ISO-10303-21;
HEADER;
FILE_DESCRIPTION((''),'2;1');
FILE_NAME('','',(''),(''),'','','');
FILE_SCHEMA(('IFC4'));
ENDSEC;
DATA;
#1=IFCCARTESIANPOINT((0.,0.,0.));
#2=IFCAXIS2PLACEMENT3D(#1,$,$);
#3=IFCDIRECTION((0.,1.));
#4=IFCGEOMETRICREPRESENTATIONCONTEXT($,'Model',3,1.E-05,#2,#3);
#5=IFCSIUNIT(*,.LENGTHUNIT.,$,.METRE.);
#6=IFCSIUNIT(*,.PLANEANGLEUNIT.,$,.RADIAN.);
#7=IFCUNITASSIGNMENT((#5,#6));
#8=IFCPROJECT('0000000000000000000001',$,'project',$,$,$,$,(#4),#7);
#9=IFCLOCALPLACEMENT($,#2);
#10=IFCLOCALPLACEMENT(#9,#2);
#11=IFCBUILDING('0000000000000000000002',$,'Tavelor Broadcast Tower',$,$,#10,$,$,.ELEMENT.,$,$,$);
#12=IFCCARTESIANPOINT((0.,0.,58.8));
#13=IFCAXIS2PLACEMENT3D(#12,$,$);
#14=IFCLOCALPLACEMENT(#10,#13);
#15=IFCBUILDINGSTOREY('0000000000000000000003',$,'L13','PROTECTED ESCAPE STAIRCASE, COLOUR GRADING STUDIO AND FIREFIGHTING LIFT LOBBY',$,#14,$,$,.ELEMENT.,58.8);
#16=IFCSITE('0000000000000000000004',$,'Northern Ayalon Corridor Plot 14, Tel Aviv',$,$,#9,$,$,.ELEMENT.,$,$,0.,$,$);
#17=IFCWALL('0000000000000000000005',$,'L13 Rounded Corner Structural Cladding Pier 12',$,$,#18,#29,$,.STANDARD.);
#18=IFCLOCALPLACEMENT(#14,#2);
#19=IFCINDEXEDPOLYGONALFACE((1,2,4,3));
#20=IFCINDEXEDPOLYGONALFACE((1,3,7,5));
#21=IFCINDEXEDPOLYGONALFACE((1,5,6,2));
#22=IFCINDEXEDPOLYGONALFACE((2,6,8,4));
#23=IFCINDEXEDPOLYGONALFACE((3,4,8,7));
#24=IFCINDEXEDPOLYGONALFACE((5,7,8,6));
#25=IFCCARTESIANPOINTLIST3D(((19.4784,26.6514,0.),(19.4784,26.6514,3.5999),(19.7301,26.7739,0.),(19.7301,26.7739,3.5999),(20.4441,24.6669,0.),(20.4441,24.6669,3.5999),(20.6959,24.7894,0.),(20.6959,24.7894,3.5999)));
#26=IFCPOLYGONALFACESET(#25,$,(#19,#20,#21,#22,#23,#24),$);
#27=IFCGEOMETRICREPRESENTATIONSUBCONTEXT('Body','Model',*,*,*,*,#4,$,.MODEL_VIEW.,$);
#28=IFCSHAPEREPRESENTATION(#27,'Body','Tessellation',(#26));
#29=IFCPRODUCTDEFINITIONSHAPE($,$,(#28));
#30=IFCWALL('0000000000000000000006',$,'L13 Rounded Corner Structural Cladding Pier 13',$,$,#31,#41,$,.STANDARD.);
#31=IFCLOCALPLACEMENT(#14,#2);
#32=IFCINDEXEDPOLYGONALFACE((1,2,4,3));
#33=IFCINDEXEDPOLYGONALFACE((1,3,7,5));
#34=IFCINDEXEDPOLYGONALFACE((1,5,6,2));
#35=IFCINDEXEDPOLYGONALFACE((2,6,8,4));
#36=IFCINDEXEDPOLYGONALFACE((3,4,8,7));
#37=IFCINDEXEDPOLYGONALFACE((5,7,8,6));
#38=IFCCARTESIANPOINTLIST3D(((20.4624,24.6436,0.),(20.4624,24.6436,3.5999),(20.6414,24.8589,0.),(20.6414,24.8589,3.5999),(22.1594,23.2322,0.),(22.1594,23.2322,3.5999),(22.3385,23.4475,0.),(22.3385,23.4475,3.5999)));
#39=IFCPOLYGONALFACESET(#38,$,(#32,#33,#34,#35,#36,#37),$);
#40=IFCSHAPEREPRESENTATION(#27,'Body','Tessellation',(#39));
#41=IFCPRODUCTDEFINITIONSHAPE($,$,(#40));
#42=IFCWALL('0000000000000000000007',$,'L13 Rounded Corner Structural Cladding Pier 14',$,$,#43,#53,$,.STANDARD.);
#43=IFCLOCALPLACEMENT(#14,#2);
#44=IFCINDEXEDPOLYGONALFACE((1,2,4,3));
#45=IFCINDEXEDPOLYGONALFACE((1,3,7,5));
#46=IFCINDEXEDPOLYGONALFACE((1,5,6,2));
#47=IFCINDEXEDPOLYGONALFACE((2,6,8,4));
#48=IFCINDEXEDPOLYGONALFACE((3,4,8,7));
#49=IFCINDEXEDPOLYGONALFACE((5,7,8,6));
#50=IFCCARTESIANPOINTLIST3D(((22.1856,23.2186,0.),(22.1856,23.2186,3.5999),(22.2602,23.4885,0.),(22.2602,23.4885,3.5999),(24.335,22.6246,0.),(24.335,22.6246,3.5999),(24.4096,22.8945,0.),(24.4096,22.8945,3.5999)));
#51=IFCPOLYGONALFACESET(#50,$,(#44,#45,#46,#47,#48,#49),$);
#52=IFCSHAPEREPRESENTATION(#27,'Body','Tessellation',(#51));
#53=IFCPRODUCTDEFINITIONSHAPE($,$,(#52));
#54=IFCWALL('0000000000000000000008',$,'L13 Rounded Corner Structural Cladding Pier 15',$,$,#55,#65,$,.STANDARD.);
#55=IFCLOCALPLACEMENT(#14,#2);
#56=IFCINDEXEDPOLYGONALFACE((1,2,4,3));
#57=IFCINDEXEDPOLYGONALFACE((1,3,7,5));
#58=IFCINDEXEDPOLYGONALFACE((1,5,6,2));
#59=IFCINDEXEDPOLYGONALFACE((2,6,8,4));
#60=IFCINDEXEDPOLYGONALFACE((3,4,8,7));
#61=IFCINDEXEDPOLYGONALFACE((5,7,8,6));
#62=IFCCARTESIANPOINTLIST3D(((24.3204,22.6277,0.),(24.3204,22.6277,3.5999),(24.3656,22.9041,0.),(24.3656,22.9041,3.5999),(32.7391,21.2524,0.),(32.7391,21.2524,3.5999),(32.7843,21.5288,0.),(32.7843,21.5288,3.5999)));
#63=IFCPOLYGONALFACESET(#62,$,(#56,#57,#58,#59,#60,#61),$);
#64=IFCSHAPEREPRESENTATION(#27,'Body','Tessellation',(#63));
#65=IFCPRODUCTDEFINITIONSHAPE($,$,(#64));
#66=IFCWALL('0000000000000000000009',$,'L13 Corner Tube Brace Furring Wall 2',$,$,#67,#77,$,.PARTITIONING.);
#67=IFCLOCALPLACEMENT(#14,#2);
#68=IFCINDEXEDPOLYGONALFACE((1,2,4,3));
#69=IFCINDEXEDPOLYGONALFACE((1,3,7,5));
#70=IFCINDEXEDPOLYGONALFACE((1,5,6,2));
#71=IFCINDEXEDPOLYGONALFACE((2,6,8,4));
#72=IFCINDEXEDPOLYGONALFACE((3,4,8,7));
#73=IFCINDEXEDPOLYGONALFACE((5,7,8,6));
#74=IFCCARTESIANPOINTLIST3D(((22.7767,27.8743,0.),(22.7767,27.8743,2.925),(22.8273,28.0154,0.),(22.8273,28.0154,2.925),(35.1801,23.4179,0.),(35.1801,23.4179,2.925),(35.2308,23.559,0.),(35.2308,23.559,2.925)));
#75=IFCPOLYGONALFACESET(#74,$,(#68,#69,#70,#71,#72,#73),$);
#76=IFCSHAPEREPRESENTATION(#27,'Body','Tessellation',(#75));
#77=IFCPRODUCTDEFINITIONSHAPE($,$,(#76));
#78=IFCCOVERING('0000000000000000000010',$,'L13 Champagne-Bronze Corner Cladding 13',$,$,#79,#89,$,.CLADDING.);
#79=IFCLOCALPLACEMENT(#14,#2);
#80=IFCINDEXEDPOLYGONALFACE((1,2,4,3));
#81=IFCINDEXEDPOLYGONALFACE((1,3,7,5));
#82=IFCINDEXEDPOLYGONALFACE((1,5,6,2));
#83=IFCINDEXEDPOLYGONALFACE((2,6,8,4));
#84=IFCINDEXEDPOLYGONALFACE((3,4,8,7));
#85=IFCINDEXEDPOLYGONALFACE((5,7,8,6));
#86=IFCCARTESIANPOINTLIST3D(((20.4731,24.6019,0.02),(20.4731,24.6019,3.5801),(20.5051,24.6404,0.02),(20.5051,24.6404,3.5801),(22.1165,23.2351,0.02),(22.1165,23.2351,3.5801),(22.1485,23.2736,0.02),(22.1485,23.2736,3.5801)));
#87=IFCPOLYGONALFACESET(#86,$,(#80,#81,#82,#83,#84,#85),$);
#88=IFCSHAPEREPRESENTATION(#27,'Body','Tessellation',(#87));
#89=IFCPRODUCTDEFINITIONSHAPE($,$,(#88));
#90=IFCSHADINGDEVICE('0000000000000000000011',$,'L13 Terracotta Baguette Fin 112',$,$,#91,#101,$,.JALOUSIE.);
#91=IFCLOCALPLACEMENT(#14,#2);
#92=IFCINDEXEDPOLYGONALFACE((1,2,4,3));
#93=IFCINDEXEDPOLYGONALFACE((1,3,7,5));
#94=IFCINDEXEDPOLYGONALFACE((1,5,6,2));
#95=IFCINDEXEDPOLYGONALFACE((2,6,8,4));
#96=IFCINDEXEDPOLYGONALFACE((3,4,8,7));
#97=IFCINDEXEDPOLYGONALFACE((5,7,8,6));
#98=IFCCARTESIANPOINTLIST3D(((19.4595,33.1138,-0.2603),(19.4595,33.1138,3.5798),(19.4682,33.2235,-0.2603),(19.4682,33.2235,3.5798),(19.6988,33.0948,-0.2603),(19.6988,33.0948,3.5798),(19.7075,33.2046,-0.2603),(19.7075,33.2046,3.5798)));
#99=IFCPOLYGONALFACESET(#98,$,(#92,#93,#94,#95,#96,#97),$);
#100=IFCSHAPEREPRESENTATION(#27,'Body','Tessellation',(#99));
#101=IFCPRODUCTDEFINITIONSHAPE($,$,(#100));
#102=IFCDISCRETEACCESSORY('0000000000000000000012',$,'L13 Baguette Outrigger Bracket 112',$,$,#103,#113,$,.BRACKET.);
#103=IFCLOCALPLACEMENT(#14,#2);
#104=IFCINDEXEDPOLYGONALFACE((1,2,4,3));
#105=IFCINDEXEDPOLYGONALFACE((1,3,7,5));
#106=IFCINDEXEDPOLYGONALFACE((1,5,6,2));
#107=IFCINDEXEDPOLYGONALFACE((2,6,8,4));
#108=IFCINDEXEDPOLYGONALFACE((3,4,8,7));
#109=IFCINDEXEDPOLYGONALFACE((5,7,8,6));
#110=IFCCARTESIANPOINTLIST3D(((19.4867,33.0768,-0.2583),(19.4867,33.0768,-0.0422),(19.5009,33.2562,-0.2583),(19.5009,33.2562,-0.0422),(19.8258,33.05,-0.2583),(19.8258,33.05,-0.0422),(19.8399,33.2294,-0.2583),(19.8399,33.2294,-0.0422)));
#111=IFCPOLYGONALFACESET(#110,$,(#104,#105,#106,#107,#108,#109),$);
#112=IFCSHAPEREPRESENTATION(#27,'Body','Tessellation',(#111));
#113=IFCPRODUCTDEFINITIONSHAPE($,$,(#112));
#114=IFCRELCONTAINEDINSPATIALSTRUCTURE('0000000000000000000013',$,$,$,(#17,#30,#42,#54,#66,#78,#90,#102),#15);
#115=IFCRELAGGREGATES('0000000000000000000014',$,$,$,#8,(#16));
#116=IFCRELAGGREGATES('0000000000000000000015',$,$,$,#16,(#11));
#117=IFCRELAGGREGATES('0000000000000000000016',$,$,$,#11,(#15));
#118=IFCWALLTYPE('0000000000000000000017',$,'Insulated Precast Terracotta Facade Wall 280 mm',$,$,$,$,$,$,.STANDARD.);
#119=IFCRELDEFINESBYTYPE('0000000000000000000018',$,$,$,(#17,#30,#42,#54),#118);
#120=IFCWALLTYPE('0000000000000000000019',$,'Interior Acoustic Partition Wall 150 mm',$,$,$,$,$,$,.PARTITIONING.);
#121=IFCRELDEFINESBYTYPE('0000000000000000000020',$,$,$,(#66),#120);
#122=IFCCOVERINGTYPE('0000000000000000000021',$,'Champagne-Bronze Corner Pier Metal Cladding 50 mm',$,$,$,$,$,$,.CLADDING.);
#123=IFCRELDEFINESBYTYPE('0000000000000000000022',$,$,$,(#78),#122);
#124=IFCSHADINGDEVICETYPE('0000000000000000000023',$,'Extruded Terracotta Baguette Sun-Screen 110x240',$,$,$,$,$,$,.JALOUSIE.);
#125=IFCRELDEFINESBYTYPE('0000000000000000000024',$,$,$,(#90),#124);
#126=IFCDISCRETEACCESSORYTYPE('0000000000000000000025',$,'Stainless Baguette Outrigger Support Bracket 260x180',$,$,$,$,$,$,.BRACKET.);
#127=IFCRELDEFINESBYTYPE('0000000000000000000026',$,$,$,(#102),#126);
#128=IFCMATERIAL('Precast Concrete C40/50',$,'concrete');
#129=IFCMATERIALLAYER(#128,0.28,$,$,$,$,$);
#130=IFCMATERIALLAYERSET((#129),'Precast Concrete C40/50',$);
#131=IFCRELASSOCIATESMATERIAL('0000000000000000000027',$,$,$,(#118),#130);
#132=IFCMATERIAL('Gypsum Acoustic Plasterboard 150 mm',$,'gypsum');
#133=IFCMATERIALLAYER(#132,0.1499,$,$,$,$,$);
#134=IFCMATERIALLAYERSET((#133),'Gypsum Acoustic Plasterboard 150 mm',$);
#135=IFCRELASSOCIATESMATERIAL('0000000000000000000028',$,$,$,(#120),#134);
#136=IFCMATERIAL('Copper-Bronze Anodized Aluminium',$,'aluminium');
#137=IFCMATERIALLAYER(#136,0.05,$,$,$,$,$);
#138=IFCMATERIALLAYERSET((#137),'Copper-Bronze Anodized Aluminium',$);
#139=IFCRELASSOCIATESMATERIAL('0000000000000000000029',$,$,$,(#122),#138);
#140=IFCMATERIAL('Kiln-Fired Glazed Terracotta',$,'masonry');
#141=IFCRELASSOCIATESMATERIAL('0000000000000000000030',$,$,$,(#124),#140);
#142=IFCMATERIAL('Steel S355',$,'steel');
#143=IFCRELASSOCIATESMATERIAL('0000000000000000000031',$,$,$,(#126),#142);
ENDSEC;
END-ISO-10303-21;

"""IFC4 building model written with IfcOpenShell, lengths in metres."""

from ifc_helpers import new_model, si_unit, direction, frame, frame_2d, origin, origin_2d, place, context, subcontext, project, spatial, rectangle, extrude, source, transform, mapped, material, layer, layer_set, type_object, type_shapes, element, save


model = new_model("IFC4")

# Units and contexts
model_context = context("Model", 3, precision=1e-05, world=origin(), true_north=direction((0.0, 1.0)))
body_context = subcontext(model_context, "Body", "Model", "MODEL_VIEW")
ifc_project = project(units=[si_unit("LENGTHUNIT", "METRE"), si_unit("PLANEANGLEUNIT", "RADIAN")], contexts=[model_context])

# Site, building, storey
site_placement = place(None, origin())
site = spatial("IfcSite", under=ifc_project, at=site_placement, Name="Northern Ayalon Corridor Plot 14, Tel Aviv", CompositionType="ELEMENT", RefElevation=0.0)
building_placement = place(site_placement, origin())
building = spatial("IfcBuilding", under=site, at=building_placement, Name="Tavelor Broadcast Tower", CompositionType="ELEMENT")
storey_placement = place(building_placement, frame((0.0, 0.0, 58.8)))
storey = spatial("IfcBuildingStorey", under=building, at=storey_placement, Name="L13", Description="PROTECTED ESCAPE STAIRCASE, COLOUR GRADING STUDIO AND FIREFIGHTING LIFT LOBBY", CompositionType="ELEMENT", Elevation=58.8)

# Shared definitions
ifc_material_1 = material(Name="Steel S355", Category="steel")

# Walls
ifc_material_2 = material(Name="Precast Concrete C40/50", Category="concrete")
ifc_layer_1 = layer(ifc_material_2, 0.28)
ifc_layer_set_1 = layer_set([ifc_layer_1], Name="Precast Concrete C40/50")
wall_type_1 = type_object("IfcWallType", Name="Insulated Precast Terracotta Facade Wall 280 mm", PredefinedType="STANDARD", material=ifc_layer_set_1)
wall_1_placement = place(storey_placement, frame((19.6042, 26.7126, 0.0), z_axis=(0.0, 0.0, 1.0), x_axis=(0.437587, -0.899176, 0.0)))
element("IfcWall", 1, at=wall_1_placement, inside=storey, type_object=wall_type_1, Name="L13 Rounded Corner Structural Cladding Pier 12", PredefinedType="STANDARD", context=body_context, shape_type="SweptSolid", body=[
    extrude(rectangle(XDim=2.207, YDim=0.28, at=frame_2d((1.1035, 0.0))), origin(), (0.0, 0.0, 1.0), 3.5999),
])
wall_2_placement = place(storey_placement, frame((20.552, 24.7512, 0.0), z_axis=(0.0, 0.0, 1.0), x_axis=(0.768846, -0.639433, 0.0)))
element("IfcWall", 2, at=wall_2_placement, inside=storey, type_object=wall_type_1, Name="L13 Rounded Corner Structural Cladding Pier 13", PredefinedType="STANDARD", context=body_context, shape_type="SweptSolid", body=[
    extrude(rectangle(XDim=2.2073, YDim=0.28, at=frame_2d((1.1035, 0.0))), origin(), (0.0, 0.0, 1.0), 3.5999),
])
wall_3_placement = place(storey_placement, frame((22.2229, 23.3535, 0.0), z_axis=(0.0, 0.0, 1.0), x_axis=(0.963872, -0.266367, 0.0)))
element("IfcWall", 3, at=wall_3_placement, inside=storey, type_object=wall_type_1, Name="L13 Rounded Corner Structural Cladding Pier 14", PredefinedType="STANDARD", context=body_context, shape_type="SweptSolid", body=[
    extrude(rectangle(XDim=2.23, YDim=0.28, at=frame_2d((1.115, 0.0))), origin(), (0.0, 0.0, 1.0), 3.5999),
])
wall_4_placement = place(storey_placement, frame((24.343, 22.7659, 0.0), z_axis=(0.0, 0.0, 1.0), x_axis=(0.986919, -0.161219, 0.0)))
element("IfcWall", 4, at=wall_4_placement, inside=storey, type_object=wall_type_1, Name="L13 Rounded Corner Structural Cladding Pier 15", PredefinedType="STANDARD", context=body_context, shape_type="SweptSolid", body=[
    extrude(rectangle(XDim=8.5303, YDim=0.28, at=frame_2d((4.2651, 0.0))), origin(), (0.0, 0.0, 1.0), 3.5999),
])
ifc_material_3 = material(Name="Gypsum Acoustic Plasterboard 150 mm", Category="gypsum")
ifc_layer_2 = layer(ifc_material_3, 0.1499)
ifc_layer_set_2 = layer_set([ifc_layer_2], Name="Gypsum Acoustic Plasterboard 150 mm")
wall_type_2 = type_object("IfcWallType", Name="Interior Acoustic Partition Wall 150 mm", PredefinedType="PARTITIONING", material=ifc_layer_set_2)
wall_5_placement = place(storey_placement, frame((22.802, 27.9448, 0.0), z_axis=(0.0, 0.0, 1.0), x_axis=(0.941102, -0.338122, 0.0)))
element("IfcWall", 5, at=wall_5_placement, inside=storey, type_object=wall_type_2, Name="L13 Corner Tube Brace Furring Wall 2", PredefinedType="PARTITIONING", context=body_context, shape_type="SweptSolid", body=[
    extrude(rectangle(XDim=13.1797, YDim=0.1499, at=frame_2d((6.5898, 0.0))), origin(), (0.0, 0.0, 1.0), 2.925),
])

# Covering
ifc_material_4 = material(Name="Copper-Bronze Anodized Aluminium", Category="aluminium")
ifc_layer_3 = layer(ifc_material_4, 0.05)
ifc_layer_set_3 = layer_set([ifc_layer_3], Name="Copper-Bronze Anodized Aluminium")
covering_type = type_object("IfcCoveringType", Name="Champagne-Bronze Corner Pier Metal Cladding 50 mm", PredefinedType="CLADDING", material=ifc_layer_set_3)
covering_placement = place(storey_placement, frame((21.3108, 23.9377, 0.02), z_axis=(0.0, 0.0, 1.0), x_axis=(0.768842, -0.639439, 0.0)))
element("IfcCovering", 6, at=covering_placement, inside=storey, type_object=covering_type, Name="L13 Champagne-Bronze Corner Cladding 13", PredefinedType="CLADDING", context=body_context, shape_type="SweptSolid", body=[
    extrude(rectangle(XDim=2.1375, YDim=0.05, at=origin_2d()), origin(), (0.0, 0.0, 1.0), 3.5601),
])

# Shading device
ifc_material_5 = material(Name="Kiln-Fired Glazed Terracotta", Category="masonry")
shading_device_type = type_object("IfcShadingDeviceType", Name="Extruded Terracotta Baguette Sun-Screen 110x240", PredefinedType="JALOUSIE", material=ifc_material_5)
shared_shape_1 = source(origin(), body_context, "Body", "SweptSolid", [
    extrude(rectangle(XDim=0.1101, YDim=0.24, at=origin_2d()), origin(), (0.0, 0.0, 1.0), 3.8401),
])
type_shapes(shading_device_type, [shared_shape_1])
shading_device_placement = place(storey_placement, frame((19.5835, 33.1592, -0.2603), z_axis=(0.0, 0.0, 1.0), x_axis=(-0.078807, -0.99689, 0.0)))
element("IfcShadingDevice", 7, at=shading_device_placement, inside=storey, type_object=shading_device_type, Name="L13 Terracotta Baguette Fin 112", PredefinedType="JALOUSIE", context=body_context, shape_type="MappedRepresentation", body=[
    mapped(shared_shape_1, transform((0.0, 0.0, 0.0), scale=1.0)),
])

# Discrete accessory
discrete_accessory_type = type_object("IfcDiscreteAccessoryType", Name="Stainless Baguette Outrigger Support Bracket 260x180", PredefinedType="BRACKET", material=ifc_material_1)
shared_shape_2 = source(origin(), body_context, "Body", "SweptSolid", [
    extrude(rectangle(XDim=0.1799, YDim=0.3401, at=origin_2d()), origin(), (0.0, 0.0, 1.0), 0.2161),
])
type_shapes(discrete_accessory_type, [shared_shape_2])
discrete_accessory_placement = place(storey_placement, frame((19.6633, 33.1531, -0.2583), z_axis=(0.0, 0.0, 1.0), x_axis=(-0.078807, -0.99689, 0.0)))
element("IfcDiscreteAccessory", 8, at=discrete_accessory_placement, inside=storey, type_object=discrete_accessory_type, Name="L13 Baguette Outrigger Bracket 112", PredefinedType="BRACKET", context=body_context, shape_type="MappedRepresentation", body=[
    mapped(shared_shape_2, transform((0.0, 0.0, 0.0), scale=1.0)),
])

save(model, "model.ifc")
